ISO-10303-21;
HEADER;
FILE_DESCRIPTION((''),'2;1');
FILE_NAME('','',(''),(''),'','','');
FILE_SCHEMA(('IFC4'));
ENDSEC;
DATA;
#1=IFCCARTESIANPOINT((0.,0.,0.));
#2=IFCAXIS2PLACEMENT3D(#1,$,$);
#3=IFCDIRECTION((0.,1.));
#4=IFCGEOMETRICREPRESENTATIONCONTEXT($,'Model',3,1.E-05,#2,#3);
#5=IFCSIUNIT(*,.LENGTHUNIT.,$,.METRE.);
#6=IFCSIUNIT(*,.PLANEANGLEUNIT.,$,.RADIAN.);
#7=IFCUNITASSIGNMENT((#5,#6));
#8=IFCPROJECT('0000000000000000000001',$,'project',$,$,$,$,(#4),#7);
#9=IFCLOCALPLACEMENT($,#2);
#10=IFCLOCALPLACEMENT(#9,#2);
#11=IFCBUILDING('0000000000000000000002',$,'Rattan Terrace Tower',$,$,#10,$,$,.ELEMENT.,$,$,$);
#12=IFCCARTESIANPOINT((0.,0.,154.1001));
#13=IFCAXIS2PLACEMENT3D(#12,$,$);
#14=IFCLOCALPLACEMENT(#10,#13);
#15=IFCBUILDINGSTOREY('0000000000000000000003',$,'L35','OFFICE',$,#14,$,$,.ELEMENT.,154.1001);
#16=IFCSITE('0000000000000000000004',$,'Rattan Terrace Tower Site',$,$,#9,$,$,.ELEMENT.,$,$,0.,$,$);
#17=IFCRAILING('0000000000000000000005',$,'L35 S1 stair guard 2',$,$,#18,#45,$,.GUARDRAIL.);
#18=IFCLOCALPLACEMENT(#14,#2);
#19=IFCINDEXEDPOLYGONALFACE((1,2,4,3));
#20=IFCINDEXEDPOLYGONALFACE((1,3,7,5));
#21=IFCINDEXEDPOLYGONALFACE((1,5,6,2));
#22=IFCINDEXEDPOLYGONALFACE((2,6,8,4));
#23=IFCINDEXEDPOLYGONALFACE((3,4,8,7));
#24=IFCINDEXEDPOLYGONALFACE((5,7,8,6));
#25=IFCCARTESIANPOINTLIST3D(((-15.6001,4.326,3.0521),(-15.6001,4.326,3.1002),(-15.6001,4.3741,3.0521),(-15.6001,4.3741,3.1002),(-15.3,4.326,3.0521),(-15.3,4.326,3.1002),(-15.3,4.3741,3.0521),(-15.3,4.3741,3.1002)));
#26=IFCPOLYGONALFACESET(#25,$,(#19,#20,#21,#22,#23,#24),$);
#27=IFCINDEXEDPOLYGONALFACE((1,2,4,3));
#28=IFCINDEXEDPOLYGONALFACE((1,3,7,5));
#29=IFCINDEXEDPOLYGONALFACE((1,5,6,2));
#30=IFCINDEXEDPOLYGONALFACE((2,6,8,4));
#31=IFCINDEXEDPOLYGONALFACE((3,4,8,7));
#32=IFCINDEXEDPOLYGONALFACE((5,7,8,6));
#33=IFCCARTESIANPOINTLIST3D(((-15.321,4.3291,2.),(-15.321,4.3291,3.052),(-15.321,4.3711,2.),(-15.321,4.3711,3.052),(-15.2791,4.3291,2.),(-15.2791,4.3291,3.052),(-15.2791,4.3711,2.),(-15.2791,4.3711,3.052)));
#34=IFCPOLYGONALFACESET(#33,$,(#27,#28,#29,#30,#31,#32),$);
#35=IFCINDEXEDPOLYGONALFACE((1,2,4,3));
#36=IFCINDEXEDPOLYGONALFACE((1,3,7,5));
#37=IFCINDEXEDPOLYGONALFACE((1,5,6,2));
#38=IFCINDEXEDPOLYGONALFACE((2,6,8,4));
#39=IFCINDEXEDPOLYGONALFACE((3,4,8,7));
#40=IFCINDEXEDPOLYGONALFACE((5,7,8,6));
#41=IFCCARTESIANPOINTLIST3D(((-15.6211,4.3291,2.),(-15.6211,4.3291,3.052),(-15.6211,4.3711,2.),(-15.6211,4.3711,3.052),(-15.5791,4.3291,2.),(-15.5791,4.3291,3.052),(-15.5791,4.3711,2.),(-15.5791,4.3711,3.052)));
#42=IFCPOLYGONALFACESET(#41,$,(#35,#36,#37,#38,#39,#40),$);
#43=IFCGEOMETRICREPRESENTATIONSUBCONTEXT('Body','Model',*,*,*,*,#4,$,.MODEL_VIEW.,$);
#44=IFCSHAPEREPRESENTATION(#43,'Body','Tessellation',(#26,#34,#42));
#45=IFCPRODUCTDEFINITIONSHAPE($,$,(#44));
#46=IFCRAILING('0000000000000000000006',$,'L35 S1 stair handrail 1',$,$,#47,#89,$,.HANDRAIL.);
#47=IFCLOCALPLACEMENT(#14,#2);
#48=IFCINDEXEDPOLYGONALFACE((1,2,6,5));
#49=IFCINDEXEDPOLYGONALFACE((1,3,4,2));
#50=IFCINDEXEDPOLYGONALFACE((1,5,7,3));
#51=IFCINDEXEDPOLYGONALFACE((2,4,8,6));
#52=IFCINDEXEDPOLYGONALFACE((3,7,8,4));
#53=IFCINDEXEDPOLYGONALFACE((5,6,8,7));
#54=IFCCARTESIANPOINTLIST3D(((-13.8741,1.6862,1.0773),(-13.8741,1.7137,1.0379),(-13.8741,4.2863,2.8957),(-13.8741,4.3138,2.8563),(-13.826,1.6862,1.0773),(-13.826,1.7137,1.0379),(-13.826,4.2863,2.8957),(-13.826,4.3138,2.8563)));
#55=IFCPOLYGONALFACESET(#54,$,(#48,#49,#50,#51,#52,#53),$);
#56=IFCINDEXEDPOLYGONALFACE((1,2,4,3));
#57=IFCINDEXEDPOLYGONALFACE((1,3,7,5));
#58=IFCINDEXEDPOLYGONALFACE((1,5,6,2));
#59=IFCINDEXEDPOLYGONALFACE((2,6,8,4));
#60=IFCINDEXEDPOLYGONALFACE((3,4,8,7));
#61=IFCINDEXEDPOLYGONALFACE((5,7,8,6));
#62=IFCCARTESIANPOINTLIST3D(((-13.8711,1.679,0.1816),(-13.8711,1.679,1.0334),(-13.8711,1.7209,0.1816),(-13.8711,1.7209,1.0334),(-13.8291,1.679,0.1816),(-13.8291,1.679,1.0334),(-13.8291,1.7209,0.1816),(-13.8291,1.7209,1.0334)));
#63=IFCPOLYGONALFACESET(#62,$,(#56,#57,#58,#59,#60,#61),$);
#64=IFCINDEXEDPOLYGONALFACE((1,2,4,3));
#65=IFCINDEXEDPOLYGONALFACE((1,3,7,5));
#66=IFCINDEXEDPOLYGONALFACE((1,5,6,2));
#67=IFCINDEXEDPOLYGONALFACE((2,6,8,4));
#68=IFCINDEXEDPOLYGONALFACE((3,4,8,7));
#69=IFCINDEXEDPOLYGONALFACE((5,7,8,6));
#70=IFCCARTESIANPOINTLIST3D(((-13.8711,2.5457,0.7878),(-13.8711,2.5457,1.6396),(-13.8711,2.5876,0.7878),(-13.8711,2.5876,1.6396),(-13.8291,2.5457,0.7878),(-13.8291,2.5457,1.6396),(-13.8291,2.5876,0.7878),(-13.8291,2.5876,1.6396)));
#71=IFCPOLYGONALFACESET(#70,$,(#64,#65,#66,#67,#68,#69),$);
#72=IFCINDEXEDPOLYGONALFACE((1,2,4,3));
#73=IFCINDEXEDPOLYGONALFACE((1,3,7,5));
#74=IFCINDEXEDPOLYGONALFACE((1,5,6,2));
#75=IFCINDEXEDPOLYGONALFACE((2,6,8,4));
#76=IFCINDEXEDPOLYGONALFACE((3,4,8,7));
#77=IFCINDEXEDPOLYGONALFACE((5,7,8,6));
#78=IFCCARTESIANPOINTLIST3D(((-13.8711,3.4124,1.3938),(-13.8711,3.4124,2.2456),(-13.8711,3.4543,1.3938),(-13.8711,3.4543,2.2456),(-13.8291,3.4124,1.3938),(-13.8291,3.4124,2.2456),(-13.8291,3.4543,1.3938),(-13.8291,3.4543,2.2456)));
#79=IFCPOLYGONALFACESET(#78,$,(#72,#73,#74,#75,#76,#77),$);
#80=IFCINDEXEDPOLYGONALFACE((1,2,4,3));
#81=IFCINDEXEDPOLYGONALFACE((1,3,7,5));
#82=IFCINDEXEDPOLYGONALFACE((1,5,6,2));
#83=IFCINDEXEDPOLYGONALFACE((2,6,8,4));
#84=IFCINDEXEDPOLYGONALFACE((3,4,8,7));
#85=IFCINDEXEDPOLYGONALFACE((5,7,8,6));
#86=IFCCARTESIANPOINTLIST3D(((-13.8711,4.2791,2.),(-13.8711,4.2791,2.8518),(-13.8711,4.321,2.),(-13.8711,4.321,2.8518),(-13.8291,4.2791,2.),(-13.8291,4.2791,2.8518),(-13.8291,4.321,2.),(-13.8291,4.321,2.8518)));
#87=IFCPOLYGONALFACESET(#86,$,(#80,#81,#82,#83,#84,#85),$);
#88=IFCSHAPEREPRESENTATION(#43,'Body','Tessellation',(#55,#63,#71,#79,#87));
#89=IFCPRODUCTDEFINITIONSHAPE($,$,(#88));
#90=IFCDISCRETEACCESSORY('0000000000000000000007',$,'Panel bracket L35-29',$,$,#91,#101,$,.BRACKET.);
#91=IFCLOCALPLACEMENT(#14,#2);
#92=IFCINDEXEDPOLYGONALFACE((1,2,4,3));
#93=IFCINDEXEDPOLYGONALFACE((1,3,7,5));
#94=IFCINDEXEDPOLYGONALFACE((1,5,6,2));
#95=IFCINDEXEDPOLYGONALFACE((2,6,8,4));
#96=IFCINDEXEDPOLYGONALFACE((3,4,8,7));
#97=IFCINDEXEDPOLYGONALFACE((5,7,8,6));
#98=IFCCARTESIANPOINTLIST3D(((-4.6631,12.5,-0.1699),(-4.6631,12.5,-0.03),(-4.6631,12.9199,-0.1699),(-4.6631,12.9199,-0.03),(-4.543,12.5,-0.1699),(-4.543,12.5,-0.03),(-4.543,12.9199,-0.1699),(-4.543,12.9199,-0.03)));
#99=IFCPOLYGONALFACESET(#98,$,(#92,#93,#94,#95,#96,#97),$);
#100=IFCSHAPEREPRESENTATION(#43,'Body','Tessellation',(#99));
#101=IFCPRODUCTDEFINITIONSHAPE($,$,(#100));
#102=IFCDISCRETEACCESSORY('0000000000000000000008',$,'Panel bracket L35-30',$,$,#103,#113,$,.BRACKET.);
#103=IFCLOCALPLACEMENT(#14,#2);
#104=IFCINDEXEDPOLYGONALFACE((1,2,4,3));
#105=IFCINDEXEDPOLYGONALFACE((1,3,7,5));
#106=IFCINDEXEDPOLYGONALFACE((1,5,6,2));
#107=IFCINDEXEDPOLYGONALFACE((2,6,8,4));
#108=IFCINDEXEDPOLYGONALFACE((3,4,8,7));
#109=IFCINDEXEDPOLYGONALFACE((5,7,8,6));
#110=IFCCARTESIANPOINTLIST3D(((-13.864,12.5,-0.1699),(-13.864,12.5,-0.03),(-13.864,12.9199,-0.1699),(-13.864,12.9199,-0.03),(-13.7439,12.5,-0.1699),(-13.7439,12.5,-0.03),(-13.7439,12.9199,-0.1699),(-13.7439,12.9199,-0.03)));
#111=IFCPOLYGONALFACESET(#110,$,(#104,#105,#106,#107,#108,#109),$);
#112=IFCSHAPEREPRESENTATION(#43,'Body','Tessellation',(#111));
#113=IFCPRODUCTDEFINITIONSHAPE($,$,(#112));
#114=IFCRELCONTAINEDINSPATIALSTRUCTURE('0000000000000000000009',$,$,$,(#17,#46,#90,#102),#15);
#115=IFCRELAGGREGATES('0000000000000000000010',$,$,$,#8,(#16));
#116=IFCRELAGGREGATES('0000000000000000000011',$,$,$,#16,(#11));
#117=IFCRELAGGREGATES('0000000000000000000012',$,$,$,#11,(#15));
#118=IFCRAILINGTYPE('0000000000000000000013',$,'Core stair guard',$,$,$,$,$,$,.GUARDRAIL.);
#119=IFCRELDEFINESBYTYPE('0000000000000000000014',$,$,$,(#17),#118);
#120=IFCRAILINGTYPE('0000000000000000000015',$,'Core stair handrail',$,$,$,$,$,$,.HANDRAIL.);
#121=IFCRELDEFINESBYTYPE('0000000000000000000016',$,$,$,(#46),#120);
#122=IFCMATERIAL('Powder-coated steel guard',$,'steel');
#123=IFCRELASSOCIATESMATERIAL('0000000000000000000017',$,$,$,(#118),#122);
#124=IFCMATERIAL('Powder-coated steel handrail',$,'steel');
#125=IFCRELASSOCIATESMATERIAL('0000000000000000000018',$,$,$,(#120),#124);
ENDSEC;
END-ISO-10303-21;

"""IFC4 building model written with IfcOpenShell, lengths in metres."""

from ifc_helpers import new_model, si_unit, direction, frame, origin, origin_2d, place, context, subcontext, project, spatial, rectangle, extrude, material, type_object, element, save


model = new_model("IFC4")

# Units and contexts
model_context = context("Model", 3, precision=1e-05, world=origin(), true_north=direction((0.0, 1.0)))
body_context = subcontext(model_context, "Body", "Model", "MODEL_VIEW")
ifc_project = project(units=[si_unit("LENGTHUNIT", "METRE"), si_unit("PLANEANGLEUNIT", "RADIAN")], contexts=[model_context])

# Site, building, storey
site_placement = place(None, origin())
site = spatial("IfcSite", under=ifc_project, at=site_placement, Name="Rattan Terrace Tower Site", CompositionType="ELEMENT", RefElevation=0.0)
building_placement = place(site_placement, origin())
building = spatial("IfcBuilding", under=site, at=building_placement, Name="Rattan Terrace Tower", CompositionType="ELEMENT")
storey_placement = place(building_placement, frame((0.0, 0.0, 154.1001)))
storey = spatial("IfcBuildingStorey", under=building, at=storey_placement, Name="L35", Description="OFFICE", CompositionType="ELEMENT", Elevation=154.1001)

# Railings
ifc_material_1 = material(Name="Powder-coated steel guard", Category="steel")
railing_type_1 = type_object("IfcRailingType", Name="Core stair guard", PredefinedType="GUARDRAIL", material=ifc_material_1)
railing_1_placement = place(storey_placement, frame((-15.3, 4.3501, 2.0)))
element("IfcRailing", 1, at=railing_1_placement, inside=storey, type_object=railing_type_1, Name="L35 S1 stair guard 2", PredefinedType="GUARDRAIL", context=body_context, shape_type="SweptSolid", body=[
    extrude(rectangle(XDim=0.0481, YDim=0.0481, at=origin_2d()), frame((0.0, 0.0, 1.0762), z_axis=(-1.0, 0.0, 0.0), x_axis=(0.0, -1.0, 0.0)), (0.0, 0.0, 1.0), 0.3),
    extrude(rectangle(XDim=0.042, YDim=0.042, at=origin_2d()), origin(), (0.0, 0.0, 1.0), 1.052),
    extrude(rectangle(XDim=0.042, YDim=0.042, at=origin_2d()), frame((-0.3, 0.0, 0.0)), (0.0, 0.0, 1.0), 1.052),
])
ifc_material_2 = material(Name="Powder-coated steel handrail", Category="steel")
railing_type_2 = type_object("IfcRailingType", Name="Core stair handrail", PredefinedType="HANDRAIL", material=ifc_material_2)
railing_2_placement = place(storey_placement, frame((-13.8501, 1.7, 0.1816)))
element("IfcRailing", 2, at=railing_2_placement, inside=storey, type_object=railing_type_2, Name="L35 S1 stair handrail 1", PredefinedType="HANDRAIL", context=body_context, shape_type="SweptSolid", body=[
    extrude(rectangle(XDim=0.0481, YDim=0.0481, at=origin_2d()), frame((0.0, 0.0, 0.876), z_axis=(0.0, 0.819485, 0.573101), x_axis=(-1.0, 0.0, 0.0)), (0.0, 0.0, 1.0), 3.1729),
    extrude(rectangle(XDim=0.042, YDim=0.042, at=origin_2d()), origin(), (0.0, 0.0, 1.0), 0.8518),
    extrude(rectangle(XDim=0.042, YDim=0.042, at=origin_2d()), frame((0.0, 0.8667, 0.6062)), (0.0, 0.0, 1.0), 0.8518),
    extrude(rectangle(XDim=0.042, YDim=0.042, at=origin_2d()), frame((0.0, 1.7334, 1.2122)), (0.0, 0.0, 1.0), 0.8518),
    extrude(rectangle(XDim=0.042, YDim=0.042, at=origin_2d()), frame((0.0, 2.6001, 1.8184)), (0.0, 0.0, 1.0), 0.8518),
])

# Discrete accessories
for number, where, z_axis, x_axis, name in (
    (3, (-4.603, 12.71, -0.1699), (0.0, 0.0, 1.0), (-1.0, 0.0, 0.0), "Panel bracket L35-29"),
    (4, (-13.804, 12.71, -0.1699), (0.0, 0.0, 1.0), (-1.0, 0.0, 0.0), "Panel bracket L35-30"),
):
    element("IfcDiscreteAccessory", number, at=place(storey_placement, frame(where, z_axis=z_axis, x_axis=x_axis)), inside=storey, Name=name, PredefinedType="BRACKET", context=body_context, shape_type="SweptSolid", body=[
        extrude(rectangle(XDim=0.1201, YDim=0.4199, at=origin_2d()), origin(), (0.0, 0.0, 1.0), 0.1399),
    ])

save(model, "model.ifc")
